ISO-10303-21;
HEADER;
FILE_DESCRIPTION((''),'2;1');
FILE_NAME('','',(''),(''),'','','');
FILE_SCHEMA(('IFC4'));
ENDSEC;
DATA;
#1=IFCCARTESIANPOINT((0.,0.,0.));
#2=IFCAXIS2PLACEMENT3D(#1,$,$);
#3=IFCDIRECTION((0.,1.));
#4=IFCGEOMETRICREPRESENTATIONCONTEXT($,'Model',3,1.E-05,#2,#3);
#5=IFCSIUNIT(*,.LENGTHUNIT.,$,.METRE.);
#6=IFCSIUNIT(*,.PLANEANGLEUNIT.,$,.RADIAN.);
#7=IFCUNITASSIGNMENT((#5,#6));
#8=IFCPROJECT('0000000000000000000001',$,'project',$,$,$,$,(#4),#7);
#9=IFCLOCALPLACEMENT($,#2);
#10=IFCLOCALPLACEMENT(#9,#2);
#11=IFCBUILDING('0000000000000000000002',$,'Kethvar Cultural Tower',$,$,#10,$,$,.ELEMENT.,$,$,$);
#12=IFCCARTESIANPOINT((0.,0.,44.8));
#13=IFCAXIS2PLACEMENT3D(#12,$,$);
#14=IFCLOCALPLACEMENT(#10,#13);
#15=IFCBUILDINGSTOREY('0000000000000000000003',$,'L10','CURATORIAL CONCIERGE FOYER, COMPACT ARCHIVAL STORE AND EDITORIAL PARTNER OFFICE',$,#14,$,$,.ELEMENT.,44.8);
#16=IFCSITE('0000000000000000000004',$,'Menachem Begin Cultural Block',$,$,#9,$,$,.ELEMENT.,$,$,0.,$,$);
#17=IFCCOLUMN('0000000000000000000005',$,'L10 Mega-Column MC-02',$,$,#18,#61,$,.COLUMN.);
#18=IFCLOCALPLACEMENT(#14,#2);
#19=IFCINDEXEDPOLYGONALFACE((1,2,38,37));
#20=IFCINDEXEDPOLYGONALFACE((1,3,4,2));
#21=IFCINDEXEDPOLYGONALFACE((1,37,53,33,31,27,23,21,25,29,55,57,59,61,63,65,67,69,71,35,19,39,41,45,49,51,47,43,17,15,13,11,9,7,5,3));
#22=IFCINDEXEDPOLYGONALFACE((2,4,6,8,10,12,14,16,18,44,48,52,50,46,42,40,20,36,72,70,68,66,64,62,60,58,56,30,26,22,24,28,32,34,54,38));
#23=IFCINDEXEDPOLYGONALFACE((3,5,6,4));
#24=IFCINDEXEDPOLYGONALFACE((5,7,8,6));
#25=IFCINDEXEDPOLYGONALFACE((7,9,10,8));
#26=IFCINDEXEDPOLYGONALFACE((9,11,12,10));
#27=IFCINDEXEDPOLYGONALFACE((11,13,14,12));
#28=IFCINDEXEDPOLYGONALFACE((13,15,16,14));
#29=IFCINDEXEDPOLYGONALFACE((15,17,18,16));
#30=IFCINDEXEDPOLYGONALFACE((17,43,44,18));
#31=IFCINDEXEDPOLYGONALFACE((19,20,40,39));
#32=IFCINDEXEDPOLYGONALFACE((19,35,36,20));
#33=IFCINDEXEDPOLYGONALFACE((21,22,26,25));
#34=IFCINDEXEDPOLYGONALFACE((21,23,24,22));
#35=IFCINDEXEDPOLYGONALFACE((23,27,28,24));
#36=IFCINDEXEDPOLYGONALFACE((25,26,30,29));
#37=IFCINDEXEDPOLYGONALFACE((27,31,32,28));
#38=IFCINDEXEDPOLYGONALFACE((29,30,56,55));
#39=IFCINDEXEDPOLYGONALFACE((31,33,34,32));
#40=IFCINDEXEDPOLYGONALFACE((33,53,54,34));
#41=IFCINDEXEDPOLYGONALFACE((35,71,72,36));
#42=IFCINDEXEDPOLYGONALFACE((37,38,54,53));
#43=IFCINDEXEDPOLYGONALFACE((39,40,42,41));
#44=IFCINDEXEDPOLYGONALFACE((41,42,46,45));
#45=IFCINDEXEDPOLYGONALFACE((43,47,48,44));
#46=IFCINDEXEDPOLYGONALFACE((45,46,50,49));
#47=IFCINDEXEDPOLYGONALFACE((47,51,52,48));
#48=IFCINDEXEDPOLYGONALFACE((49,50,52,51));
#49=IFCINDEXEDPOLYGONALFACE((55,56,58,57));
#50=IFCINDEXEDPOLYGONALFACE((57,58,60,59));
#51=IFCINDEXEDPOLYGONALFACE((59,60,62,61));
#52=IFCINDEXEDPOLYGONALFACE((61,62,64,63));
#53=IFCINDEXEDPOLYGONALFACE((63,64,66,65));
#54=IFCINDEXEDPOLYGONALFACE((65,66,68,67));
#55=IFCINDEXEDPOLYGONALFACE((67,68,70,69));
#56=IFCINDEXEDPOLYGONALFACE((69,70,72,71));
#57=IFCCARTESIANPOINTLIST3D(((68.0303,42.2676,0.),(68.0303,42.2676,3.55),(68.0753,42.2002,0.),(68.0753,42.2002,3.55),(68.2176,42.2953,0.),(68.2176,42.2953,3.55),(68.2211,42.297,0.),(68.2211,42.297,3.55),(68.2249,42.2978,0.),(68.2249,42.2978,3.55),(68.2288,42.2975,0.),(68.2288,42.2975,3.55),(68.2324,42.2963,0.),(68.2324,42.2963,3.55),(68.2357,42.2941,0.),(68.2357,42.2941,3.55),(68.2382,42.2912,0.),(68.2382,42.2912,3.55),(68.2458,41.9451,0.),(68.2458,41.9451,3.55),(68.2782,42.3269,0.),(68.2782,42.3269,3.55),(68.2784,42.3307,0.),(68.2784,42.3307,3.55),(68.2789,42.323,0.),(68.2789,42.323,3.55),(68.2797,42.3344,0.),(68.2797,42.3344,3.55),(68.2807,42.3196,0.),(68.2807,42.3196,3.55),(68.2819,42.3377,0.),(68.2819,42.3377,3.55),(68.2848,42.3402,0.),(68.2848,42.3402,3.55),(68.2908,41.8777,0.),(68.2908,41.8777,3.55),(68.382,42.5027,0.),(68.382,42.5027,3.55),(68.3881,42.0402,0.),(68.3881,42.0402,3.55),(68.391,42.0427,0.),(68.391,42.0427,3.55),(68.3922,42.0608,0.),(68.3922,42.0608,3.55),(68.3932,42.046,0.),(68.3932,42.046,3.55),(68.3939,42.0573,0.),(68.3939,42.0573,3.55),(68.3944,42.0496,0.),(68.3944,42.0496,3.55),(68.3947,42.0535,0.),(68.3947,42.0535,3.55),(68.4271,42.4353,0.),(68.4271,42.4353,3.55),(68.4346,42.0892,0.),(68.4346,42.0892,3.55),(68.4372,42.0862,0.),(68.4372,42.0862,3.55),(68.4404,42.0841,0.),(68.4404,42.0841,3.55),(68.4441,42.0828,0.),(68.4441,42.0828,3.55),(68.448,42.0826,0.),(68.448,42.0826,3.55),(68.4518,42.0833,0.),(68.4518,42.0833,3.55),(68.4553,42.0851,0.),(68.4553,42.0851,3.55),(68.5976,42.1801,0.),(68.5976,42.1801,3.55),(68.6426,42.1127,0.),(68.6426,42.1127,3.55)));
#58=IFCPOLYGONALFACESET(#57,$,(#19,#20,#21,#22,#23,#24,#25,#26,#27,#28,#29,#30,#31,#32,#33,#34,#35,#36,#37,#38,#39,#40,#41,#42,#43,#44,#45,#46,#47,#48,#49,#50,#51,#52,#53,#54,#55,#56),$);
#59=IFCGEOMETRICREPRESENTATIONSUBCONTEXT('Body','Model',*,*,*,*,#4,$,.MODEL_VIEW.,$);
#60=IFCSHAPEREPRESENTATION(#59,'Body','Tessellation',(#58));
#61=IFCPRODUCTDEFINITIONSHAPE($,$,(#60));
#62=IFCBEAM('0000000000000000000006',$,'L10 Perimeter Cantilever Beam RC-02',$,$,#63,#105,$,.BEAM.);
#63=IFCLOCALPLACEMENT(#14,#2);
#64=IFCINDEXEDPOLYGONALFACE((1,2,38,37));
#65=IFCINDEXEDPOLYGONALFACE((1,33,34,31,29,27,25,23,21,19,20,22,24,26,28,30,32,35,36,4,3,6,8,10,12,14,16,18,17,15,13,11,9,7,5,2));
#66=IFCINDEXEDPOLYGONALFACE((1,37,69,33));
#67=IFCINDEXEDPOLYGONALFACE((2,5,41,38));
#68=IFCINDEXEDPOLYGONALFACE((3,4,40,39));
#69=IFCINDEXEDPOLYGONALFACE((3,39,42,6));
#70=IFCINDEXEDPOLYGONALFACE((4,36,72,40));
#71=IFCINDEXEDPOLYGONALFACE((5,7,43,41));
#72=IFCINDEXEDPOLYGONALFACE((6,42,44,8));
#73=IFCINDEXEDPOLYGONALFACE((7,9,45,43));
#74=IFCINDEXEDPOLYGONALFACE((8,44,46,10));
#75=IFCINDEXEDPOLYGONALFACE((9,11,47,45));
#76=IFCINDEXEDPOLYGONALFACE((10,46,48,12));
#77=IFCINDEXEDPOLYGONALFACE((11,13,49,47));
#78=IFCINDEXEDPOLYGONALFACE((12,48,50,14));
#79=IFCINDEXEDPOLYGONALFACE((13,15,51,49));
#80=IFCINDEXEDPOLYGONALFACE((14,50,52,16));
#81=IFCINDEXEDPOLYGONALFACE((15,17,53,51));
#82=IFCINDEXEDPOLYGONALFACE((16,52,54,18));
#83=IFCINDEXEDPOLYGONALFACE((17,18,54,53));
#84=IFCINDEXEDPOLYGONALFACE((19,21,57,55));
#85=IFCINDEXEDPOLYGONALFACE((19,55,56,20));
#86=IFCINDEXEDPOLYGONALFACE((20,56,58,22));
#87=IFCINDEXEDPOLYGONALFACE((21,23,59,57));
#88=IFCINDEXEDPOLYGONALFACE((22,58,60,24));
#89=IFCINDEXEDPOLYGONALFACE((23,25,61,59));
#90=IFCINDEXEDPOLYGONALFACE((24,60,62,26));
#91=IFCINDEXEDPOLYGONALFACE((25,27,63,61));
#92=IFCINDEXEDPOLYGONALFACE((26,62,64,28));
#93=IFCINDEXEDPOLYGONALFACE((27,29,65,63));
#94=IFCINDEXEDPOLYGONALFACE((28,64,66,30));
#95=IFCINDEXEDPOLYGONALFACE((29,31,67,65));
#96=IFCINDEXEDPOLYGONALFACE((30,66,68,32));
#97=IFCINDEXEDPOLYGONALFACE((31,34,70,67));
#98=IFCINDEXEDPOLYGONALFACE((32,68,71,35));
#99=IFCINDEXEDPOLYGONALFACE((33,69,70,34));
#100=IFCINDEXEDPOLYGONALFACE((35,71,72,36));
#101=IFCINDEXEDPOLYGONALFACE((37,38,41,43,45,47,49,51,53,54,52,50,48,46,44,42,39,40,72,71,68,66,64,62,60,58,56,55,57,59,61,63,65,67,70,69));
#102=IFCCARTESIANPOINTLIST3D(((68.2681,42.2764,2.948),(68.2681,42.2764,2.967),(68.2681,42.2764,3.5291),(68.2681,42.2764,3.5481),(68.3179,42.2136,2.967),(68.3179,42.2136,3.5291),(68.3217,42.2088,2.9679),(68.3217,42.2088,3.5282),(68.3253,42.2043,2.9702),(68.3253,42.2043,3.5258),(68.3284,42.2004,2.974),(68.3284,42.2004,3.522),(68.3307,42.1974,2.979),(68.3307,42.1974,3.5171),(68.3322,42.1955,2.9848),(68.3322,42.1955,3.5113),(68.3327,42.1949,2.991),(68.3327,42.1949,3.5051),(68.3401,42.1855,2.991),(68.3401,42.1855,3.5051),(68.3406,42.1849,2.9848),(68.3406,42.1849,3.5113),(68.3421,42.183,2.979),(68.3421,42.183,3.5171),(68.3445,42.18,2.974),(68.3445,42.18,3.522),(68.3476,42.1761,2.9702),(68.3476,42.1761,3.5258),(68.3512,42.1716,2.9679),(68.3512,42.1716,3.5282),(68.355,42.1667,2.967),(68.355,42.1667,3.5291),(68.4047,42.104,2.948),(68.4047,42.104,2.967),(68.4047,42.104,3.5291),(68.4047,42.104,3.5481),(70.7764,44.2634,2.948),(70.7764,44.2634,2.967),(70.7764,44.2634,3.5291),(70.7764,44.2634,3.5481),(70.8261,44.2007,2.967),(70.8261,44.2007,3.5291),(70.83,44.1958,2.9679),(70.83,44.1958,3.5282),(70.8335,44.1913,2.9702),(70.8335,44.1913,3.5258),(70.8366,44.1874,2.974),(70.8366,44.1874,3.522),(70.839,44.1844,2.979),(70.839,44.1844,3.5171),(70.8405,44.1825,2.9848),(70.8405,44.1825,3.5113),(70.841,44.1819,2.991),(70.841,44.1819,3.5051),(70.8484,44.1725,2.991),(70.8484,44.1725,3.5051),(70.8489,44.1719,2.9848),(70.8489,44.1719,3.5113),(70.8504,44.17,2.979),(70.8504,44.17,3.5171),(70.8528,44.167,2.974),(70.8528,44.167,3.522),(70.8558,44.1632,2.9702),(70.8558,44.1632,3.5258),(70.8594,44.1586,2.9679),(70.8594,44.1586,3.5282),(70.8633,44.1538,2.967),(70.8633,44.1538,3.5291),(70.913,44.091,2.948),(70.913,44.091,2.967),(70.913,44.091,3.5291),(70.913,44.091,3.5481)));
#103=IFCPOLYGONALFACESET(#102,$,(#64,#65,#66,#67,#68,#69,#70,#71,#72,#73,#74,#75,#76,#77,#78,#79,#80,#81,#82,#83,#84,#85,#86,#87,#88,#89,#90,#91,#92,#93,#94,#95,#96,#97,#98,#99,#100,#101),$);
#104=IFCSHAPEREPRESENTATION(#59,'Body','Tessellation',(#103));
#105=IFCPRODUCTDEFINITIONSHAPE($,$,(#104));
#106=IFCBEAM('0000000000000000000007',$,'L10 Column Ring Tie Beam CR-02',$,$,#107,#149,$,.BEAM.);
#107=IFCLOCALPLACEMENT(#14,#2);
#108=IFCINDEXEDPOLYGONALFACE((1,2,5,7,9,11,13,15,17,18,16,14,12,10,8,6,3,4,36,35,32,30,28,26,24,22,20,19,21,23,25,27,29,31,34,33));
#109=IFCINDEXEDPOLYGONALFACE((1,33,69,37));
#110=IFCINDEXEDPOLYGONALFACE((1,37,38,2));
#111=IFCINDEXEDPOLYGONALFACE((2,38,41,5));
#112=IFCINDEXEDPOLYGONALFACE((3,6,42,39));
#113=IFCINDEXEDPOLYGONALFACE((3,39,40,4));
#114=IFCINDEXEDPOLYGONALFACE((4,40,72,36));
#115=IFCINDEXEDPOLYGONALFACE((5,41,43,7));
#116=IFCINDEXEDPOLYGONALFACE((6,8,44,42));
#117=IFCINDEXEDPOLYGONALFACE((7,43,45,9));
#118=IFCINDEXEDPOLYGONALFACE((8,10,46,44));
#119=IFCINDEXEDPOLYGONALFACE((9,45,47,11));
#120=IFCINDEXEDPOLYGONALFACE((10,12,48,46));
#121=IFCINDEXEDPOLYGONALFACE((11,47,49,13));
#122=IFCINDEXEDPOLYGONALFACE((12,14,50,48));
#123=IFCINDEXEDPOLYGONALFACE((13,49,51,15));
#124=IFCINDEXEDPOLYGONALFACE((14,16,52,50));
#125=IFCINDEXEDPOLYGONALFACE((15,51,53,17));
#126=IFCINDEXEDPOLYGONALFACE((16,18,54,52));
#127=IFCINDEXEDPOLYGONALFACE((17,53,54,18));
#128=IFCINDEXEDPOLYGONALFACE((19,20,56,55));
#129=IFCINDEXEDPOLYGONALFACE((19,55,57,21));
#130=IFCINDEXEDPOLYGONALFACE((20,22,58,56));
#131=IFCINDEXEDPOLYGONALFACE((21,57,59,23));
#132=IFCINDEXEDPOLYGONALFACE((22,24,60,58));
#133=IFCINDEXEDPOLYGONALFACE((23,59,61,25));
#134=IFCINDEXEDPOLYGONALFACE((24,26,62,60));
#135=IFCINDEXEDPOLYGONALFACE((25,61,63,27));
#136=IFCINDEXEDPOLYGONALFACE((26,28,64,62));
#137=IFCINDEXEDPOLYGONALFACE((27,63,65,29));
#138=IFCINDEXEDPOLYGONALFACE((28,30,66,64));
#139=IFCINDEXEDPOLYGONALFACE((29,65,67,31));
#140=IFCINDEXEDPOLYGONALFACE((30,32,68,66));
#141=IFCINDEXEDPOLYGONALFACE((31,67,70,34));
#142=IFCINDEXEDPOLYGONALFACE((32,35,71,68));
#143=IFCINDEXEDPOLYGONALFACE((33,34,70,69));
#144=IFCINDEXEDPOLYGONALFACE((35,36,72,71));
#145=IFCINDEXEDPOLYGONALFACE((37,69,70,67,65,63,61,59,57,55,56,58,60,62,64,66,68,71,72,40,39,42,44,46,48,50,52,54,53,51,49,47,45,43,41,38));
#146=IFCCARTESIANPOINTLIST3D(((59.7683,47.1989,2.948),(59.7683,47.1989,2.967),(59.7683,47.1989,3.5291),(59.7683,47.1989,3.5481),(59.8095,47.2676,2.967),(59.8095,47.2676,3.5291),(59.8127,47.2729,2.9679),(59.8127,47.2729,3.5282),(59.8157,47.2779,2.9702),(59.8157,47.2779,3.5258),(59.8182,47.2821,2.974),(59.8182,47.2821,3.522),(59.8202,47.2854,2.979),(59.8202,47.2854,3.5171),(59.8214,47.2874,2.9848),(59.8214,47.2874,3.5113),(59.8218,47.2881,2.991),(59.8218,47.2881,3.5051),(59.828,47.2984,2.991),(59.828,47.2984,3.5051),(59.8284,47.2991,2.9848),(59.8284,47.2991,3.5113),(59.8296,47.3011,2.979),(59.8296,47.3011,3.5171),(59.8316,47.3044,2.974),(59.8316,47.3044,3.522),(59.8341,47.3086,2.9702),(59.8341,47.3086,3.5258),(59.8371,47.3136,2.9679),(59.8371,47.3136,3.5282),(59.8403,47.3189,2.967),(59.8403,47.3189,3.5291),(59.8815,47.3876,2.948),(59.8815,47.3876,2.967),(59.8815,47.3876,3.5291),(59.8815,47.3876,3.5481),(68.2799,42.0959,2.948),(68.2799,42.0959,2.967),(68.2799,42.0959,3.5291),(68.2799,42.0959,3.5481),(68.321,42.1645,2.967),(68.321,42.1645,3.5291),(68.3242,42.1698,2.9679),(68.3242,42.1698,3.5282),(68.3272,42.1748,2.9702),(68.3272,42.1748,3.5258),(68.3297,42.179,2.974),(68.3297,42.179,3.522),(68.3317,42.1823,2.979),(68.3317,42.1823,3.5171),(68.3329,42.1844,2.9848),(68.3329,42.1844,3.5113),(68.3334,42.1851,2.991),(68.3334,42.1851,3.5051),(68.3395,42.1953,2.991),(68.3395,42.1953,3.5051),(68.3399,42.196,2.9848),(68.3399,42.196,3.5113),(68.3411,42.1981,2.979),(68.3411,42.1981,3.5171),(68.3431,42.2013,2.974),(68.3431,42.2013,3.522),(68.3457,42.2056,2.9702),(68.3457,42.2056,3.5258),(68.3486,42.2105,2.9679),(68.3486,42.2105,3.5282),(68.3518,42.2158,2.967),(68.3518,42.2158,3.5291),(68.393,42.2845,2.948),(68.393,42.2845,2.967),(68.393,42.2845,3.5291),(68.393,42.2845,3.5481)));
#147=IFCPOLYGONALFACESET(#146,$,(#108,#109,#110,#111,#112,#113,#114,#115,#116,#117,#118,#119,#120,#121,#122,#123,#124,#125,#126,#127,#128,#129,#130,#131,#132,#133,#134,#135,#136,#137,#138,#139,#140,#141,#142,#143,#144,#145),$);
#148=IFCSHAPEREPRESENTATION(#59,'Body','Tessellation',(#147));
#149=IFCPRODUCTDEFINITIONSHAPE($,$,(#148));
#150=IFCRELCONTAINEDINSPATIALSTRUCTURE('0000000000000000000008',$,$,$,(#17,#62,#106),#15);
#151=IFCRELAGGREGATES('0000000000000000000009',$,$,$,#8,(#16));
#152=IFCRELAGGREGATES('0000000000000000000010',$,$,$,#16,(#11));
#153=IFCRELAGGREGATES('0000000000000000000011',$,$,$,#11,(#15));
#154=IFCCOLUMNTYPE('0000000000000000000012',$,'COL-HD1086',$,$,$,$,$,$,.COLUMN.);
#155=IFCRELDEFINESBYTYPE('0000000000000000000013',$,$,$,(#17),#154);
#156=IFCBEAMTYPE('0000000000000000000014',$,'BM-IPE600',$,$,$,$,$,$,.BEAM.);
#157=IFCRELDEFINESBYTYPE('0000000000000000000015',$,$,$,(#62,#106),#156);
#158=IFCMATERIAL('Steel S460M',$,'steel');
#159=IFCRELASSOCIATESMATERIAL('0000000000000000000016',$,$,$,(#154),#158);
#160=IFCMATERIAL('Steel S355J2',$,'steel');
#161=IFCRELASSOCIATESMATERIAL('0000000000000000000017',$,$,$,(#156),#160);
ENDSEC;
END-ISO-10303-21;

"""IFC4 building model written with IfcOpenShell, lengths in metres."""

from ifc_helpers import new_model, si_unit, direction, frame, origin, origin_2d, place, context, subcontext, project, spatial, i_section, extrude, source, transform, mapped, material, material_profile, profile_set, type_object, element, save


model = new_model("IFC4")

# Units and contexts
model_context = context("Model", 3, precision=1e-05, world=origin(), true_north=direction((0.0, 1.0)))
body_context = subcontext(model_context, "Body", "Model", "MODEL_VIEW")
ifc_project = project(units=[si_unit("LENGTHUNIT", "METRE"), si_unit("PLANEANGLEUNIT", "RADIAN")], contexts=[model_context])

# Site, building, storey
site_placement = place(None, origin())
site = spatial("IfcSite", under=ifc_project, at=site_placement, Name="Menachem Begin Cultural Block", CompositionType="ELEMENT", RefElevation=0.0)
building_placement = place(site_placement, origin())
building = spatial("IfcBuilding", under=site, at=building_placement, Name="Kethvar Cultural Tower", CompositionType="ELEMENT")
storey_placement = place(building_placement, frame((0.0, 0.0, 44.8)))
storey = spatial("IfcBuildingStorey", under=building, at=storey_placement, Name="L10", Description="CURATORIAL CONCIERGE FOYER, COMPACT ARCHIVAL STORE AND EDITORIAL PARTNER OFFICE", CompositionType="ELEMENT", Elevation=44.8)

# Column
ifc_material_1 = material(Name="Steel S460M", Category="steel")
ifc_material_profile_1 = material_profile(ifc_material_1, i_section(OverallWidth=0.4231, OverallDepth=0.469, WebThickness=0.051, FlangeThickness=0.0811, FilletRadius=0.0149, at=origin_2d()), Name="Steel S460M — HD400x1086")
ifc_profile_set_1 = profile_set([ifc_material_profile_1], Name="Steel S460M — HD400x1086")
column_type = type_object("IfcColumnType", Name="COL-HD1086", PredefinedType="COLUMN", material=ifc_profile_set_1)
shared_shape_1 = source(origin(), body_context, "Body", "SweptSolid", [
    extrude(i_section(OverallWidth=0.4231, OverallDepth=0.469, WebThickness=0.051, FlangeThickness=0.0811, FilletRadius=0.0149, at=origin_2d()), origin(), (0.0, 0.0, 1.0), 3.55),
])
column_placement = place(storey_placement, frame((68.3364, 42.1902, 0.0), z_axis=(0.0, 0.0, 1.0), x_axis=(0.83147, 0.55557, 0.0)))
element("IfcColumn", 1, at=column_placement, inside=storey, type_object=column_type, Name="L10 Mega-Column MC-02", PredefinedType="COLUMN", context=body_context, shape_type="MappedRepresentation", body=[
    mapped(shared_shape_1, transform((0.0, 0.0, 0.0), scale=1.0)),
])

# Beams
ifc_material_2 = material(Name="Steel S355J2", Category="steel")
ifc_material_profile_2 = material_profile(ifc_material_2, i_section(OverallWidth=0.22, OverallDepth=0.6001, WebThickness=0.012, FlangeThickness=0.019, FilletRadius=0.0239, at=origin_2d()), Name="Steel S355J2 — IPE600")
ifc_profile_set_2 = profile_set([ifc_material_profile_2], Name="Steel S355J2 — IPE600")
beam_type_1 = type_object("IfcBeamType", Name="BM-IPE600", PredefinedType="BEAM", material=ifc_profile_set_2)
shared_shape_2 = source(origin(), body_context, "Body", "SweptSolid", [
    extrude(i_section(OverallWidth=0.22, OverallDepth=0.6001, WebThickness=0.012, FlangeThickness=0.019, FilletRadius=0.0239, at=origin_2d()), origin(), (0.0, 0.0, 1.0), 3.2),
])
beam_1_placement = place(storey_placement, frame((68.3364, 42.1902, 3.248), z_axis=(0.783845, 0.620957, 0.0), x_axis=(-0.620957, 0.783845, 0.0)))
element("IfcBeam", 2, at=beam_1_placement, inside=storey, type_object=beam_type_1, Name="L10 Perimeter Cantilever Beam RC-02", PredefinedType="BEAM", context=body_context, shape_type="MappedRepresentation", body=[
    mapped(shared_shape_2, transform((0.0, 0.0, 0.0), scale=1.0)),
])
shared_shape_3 = source(origin(), body_context, "Body", "SweptSolid", [
    extrude(i_section(OverallWidth=0.22, OverallDepth=0.6001, WebThickness=0.012, FlangeThickness=0.019, FilletRadius=0.0239, at=origin_2d()), origin(), (0.0, 0.0, 1.0), 9.9241),
])
beam_2_placement = place(storey_placement, frame((68.3364, 42.1902, 3.248), z_axis=(-0.857664, 0.51421, 0.0), x_axis=(-0.51421, -0.857664, 0.0)))
element("IfcBeam", 3, at=beam_2_placement, inside=storey, type_object=beam_type_1, Name="L10 Column Ring Tie Beam CR-02", PredefinedType="BEAM", context=body_context, shape_type="MappedRepresentation", body=[
    mapped(shared_shape_3, transform((0.0, 0.0, 0.0), scale=1.0)),
])

save(model, "model.ifc")
